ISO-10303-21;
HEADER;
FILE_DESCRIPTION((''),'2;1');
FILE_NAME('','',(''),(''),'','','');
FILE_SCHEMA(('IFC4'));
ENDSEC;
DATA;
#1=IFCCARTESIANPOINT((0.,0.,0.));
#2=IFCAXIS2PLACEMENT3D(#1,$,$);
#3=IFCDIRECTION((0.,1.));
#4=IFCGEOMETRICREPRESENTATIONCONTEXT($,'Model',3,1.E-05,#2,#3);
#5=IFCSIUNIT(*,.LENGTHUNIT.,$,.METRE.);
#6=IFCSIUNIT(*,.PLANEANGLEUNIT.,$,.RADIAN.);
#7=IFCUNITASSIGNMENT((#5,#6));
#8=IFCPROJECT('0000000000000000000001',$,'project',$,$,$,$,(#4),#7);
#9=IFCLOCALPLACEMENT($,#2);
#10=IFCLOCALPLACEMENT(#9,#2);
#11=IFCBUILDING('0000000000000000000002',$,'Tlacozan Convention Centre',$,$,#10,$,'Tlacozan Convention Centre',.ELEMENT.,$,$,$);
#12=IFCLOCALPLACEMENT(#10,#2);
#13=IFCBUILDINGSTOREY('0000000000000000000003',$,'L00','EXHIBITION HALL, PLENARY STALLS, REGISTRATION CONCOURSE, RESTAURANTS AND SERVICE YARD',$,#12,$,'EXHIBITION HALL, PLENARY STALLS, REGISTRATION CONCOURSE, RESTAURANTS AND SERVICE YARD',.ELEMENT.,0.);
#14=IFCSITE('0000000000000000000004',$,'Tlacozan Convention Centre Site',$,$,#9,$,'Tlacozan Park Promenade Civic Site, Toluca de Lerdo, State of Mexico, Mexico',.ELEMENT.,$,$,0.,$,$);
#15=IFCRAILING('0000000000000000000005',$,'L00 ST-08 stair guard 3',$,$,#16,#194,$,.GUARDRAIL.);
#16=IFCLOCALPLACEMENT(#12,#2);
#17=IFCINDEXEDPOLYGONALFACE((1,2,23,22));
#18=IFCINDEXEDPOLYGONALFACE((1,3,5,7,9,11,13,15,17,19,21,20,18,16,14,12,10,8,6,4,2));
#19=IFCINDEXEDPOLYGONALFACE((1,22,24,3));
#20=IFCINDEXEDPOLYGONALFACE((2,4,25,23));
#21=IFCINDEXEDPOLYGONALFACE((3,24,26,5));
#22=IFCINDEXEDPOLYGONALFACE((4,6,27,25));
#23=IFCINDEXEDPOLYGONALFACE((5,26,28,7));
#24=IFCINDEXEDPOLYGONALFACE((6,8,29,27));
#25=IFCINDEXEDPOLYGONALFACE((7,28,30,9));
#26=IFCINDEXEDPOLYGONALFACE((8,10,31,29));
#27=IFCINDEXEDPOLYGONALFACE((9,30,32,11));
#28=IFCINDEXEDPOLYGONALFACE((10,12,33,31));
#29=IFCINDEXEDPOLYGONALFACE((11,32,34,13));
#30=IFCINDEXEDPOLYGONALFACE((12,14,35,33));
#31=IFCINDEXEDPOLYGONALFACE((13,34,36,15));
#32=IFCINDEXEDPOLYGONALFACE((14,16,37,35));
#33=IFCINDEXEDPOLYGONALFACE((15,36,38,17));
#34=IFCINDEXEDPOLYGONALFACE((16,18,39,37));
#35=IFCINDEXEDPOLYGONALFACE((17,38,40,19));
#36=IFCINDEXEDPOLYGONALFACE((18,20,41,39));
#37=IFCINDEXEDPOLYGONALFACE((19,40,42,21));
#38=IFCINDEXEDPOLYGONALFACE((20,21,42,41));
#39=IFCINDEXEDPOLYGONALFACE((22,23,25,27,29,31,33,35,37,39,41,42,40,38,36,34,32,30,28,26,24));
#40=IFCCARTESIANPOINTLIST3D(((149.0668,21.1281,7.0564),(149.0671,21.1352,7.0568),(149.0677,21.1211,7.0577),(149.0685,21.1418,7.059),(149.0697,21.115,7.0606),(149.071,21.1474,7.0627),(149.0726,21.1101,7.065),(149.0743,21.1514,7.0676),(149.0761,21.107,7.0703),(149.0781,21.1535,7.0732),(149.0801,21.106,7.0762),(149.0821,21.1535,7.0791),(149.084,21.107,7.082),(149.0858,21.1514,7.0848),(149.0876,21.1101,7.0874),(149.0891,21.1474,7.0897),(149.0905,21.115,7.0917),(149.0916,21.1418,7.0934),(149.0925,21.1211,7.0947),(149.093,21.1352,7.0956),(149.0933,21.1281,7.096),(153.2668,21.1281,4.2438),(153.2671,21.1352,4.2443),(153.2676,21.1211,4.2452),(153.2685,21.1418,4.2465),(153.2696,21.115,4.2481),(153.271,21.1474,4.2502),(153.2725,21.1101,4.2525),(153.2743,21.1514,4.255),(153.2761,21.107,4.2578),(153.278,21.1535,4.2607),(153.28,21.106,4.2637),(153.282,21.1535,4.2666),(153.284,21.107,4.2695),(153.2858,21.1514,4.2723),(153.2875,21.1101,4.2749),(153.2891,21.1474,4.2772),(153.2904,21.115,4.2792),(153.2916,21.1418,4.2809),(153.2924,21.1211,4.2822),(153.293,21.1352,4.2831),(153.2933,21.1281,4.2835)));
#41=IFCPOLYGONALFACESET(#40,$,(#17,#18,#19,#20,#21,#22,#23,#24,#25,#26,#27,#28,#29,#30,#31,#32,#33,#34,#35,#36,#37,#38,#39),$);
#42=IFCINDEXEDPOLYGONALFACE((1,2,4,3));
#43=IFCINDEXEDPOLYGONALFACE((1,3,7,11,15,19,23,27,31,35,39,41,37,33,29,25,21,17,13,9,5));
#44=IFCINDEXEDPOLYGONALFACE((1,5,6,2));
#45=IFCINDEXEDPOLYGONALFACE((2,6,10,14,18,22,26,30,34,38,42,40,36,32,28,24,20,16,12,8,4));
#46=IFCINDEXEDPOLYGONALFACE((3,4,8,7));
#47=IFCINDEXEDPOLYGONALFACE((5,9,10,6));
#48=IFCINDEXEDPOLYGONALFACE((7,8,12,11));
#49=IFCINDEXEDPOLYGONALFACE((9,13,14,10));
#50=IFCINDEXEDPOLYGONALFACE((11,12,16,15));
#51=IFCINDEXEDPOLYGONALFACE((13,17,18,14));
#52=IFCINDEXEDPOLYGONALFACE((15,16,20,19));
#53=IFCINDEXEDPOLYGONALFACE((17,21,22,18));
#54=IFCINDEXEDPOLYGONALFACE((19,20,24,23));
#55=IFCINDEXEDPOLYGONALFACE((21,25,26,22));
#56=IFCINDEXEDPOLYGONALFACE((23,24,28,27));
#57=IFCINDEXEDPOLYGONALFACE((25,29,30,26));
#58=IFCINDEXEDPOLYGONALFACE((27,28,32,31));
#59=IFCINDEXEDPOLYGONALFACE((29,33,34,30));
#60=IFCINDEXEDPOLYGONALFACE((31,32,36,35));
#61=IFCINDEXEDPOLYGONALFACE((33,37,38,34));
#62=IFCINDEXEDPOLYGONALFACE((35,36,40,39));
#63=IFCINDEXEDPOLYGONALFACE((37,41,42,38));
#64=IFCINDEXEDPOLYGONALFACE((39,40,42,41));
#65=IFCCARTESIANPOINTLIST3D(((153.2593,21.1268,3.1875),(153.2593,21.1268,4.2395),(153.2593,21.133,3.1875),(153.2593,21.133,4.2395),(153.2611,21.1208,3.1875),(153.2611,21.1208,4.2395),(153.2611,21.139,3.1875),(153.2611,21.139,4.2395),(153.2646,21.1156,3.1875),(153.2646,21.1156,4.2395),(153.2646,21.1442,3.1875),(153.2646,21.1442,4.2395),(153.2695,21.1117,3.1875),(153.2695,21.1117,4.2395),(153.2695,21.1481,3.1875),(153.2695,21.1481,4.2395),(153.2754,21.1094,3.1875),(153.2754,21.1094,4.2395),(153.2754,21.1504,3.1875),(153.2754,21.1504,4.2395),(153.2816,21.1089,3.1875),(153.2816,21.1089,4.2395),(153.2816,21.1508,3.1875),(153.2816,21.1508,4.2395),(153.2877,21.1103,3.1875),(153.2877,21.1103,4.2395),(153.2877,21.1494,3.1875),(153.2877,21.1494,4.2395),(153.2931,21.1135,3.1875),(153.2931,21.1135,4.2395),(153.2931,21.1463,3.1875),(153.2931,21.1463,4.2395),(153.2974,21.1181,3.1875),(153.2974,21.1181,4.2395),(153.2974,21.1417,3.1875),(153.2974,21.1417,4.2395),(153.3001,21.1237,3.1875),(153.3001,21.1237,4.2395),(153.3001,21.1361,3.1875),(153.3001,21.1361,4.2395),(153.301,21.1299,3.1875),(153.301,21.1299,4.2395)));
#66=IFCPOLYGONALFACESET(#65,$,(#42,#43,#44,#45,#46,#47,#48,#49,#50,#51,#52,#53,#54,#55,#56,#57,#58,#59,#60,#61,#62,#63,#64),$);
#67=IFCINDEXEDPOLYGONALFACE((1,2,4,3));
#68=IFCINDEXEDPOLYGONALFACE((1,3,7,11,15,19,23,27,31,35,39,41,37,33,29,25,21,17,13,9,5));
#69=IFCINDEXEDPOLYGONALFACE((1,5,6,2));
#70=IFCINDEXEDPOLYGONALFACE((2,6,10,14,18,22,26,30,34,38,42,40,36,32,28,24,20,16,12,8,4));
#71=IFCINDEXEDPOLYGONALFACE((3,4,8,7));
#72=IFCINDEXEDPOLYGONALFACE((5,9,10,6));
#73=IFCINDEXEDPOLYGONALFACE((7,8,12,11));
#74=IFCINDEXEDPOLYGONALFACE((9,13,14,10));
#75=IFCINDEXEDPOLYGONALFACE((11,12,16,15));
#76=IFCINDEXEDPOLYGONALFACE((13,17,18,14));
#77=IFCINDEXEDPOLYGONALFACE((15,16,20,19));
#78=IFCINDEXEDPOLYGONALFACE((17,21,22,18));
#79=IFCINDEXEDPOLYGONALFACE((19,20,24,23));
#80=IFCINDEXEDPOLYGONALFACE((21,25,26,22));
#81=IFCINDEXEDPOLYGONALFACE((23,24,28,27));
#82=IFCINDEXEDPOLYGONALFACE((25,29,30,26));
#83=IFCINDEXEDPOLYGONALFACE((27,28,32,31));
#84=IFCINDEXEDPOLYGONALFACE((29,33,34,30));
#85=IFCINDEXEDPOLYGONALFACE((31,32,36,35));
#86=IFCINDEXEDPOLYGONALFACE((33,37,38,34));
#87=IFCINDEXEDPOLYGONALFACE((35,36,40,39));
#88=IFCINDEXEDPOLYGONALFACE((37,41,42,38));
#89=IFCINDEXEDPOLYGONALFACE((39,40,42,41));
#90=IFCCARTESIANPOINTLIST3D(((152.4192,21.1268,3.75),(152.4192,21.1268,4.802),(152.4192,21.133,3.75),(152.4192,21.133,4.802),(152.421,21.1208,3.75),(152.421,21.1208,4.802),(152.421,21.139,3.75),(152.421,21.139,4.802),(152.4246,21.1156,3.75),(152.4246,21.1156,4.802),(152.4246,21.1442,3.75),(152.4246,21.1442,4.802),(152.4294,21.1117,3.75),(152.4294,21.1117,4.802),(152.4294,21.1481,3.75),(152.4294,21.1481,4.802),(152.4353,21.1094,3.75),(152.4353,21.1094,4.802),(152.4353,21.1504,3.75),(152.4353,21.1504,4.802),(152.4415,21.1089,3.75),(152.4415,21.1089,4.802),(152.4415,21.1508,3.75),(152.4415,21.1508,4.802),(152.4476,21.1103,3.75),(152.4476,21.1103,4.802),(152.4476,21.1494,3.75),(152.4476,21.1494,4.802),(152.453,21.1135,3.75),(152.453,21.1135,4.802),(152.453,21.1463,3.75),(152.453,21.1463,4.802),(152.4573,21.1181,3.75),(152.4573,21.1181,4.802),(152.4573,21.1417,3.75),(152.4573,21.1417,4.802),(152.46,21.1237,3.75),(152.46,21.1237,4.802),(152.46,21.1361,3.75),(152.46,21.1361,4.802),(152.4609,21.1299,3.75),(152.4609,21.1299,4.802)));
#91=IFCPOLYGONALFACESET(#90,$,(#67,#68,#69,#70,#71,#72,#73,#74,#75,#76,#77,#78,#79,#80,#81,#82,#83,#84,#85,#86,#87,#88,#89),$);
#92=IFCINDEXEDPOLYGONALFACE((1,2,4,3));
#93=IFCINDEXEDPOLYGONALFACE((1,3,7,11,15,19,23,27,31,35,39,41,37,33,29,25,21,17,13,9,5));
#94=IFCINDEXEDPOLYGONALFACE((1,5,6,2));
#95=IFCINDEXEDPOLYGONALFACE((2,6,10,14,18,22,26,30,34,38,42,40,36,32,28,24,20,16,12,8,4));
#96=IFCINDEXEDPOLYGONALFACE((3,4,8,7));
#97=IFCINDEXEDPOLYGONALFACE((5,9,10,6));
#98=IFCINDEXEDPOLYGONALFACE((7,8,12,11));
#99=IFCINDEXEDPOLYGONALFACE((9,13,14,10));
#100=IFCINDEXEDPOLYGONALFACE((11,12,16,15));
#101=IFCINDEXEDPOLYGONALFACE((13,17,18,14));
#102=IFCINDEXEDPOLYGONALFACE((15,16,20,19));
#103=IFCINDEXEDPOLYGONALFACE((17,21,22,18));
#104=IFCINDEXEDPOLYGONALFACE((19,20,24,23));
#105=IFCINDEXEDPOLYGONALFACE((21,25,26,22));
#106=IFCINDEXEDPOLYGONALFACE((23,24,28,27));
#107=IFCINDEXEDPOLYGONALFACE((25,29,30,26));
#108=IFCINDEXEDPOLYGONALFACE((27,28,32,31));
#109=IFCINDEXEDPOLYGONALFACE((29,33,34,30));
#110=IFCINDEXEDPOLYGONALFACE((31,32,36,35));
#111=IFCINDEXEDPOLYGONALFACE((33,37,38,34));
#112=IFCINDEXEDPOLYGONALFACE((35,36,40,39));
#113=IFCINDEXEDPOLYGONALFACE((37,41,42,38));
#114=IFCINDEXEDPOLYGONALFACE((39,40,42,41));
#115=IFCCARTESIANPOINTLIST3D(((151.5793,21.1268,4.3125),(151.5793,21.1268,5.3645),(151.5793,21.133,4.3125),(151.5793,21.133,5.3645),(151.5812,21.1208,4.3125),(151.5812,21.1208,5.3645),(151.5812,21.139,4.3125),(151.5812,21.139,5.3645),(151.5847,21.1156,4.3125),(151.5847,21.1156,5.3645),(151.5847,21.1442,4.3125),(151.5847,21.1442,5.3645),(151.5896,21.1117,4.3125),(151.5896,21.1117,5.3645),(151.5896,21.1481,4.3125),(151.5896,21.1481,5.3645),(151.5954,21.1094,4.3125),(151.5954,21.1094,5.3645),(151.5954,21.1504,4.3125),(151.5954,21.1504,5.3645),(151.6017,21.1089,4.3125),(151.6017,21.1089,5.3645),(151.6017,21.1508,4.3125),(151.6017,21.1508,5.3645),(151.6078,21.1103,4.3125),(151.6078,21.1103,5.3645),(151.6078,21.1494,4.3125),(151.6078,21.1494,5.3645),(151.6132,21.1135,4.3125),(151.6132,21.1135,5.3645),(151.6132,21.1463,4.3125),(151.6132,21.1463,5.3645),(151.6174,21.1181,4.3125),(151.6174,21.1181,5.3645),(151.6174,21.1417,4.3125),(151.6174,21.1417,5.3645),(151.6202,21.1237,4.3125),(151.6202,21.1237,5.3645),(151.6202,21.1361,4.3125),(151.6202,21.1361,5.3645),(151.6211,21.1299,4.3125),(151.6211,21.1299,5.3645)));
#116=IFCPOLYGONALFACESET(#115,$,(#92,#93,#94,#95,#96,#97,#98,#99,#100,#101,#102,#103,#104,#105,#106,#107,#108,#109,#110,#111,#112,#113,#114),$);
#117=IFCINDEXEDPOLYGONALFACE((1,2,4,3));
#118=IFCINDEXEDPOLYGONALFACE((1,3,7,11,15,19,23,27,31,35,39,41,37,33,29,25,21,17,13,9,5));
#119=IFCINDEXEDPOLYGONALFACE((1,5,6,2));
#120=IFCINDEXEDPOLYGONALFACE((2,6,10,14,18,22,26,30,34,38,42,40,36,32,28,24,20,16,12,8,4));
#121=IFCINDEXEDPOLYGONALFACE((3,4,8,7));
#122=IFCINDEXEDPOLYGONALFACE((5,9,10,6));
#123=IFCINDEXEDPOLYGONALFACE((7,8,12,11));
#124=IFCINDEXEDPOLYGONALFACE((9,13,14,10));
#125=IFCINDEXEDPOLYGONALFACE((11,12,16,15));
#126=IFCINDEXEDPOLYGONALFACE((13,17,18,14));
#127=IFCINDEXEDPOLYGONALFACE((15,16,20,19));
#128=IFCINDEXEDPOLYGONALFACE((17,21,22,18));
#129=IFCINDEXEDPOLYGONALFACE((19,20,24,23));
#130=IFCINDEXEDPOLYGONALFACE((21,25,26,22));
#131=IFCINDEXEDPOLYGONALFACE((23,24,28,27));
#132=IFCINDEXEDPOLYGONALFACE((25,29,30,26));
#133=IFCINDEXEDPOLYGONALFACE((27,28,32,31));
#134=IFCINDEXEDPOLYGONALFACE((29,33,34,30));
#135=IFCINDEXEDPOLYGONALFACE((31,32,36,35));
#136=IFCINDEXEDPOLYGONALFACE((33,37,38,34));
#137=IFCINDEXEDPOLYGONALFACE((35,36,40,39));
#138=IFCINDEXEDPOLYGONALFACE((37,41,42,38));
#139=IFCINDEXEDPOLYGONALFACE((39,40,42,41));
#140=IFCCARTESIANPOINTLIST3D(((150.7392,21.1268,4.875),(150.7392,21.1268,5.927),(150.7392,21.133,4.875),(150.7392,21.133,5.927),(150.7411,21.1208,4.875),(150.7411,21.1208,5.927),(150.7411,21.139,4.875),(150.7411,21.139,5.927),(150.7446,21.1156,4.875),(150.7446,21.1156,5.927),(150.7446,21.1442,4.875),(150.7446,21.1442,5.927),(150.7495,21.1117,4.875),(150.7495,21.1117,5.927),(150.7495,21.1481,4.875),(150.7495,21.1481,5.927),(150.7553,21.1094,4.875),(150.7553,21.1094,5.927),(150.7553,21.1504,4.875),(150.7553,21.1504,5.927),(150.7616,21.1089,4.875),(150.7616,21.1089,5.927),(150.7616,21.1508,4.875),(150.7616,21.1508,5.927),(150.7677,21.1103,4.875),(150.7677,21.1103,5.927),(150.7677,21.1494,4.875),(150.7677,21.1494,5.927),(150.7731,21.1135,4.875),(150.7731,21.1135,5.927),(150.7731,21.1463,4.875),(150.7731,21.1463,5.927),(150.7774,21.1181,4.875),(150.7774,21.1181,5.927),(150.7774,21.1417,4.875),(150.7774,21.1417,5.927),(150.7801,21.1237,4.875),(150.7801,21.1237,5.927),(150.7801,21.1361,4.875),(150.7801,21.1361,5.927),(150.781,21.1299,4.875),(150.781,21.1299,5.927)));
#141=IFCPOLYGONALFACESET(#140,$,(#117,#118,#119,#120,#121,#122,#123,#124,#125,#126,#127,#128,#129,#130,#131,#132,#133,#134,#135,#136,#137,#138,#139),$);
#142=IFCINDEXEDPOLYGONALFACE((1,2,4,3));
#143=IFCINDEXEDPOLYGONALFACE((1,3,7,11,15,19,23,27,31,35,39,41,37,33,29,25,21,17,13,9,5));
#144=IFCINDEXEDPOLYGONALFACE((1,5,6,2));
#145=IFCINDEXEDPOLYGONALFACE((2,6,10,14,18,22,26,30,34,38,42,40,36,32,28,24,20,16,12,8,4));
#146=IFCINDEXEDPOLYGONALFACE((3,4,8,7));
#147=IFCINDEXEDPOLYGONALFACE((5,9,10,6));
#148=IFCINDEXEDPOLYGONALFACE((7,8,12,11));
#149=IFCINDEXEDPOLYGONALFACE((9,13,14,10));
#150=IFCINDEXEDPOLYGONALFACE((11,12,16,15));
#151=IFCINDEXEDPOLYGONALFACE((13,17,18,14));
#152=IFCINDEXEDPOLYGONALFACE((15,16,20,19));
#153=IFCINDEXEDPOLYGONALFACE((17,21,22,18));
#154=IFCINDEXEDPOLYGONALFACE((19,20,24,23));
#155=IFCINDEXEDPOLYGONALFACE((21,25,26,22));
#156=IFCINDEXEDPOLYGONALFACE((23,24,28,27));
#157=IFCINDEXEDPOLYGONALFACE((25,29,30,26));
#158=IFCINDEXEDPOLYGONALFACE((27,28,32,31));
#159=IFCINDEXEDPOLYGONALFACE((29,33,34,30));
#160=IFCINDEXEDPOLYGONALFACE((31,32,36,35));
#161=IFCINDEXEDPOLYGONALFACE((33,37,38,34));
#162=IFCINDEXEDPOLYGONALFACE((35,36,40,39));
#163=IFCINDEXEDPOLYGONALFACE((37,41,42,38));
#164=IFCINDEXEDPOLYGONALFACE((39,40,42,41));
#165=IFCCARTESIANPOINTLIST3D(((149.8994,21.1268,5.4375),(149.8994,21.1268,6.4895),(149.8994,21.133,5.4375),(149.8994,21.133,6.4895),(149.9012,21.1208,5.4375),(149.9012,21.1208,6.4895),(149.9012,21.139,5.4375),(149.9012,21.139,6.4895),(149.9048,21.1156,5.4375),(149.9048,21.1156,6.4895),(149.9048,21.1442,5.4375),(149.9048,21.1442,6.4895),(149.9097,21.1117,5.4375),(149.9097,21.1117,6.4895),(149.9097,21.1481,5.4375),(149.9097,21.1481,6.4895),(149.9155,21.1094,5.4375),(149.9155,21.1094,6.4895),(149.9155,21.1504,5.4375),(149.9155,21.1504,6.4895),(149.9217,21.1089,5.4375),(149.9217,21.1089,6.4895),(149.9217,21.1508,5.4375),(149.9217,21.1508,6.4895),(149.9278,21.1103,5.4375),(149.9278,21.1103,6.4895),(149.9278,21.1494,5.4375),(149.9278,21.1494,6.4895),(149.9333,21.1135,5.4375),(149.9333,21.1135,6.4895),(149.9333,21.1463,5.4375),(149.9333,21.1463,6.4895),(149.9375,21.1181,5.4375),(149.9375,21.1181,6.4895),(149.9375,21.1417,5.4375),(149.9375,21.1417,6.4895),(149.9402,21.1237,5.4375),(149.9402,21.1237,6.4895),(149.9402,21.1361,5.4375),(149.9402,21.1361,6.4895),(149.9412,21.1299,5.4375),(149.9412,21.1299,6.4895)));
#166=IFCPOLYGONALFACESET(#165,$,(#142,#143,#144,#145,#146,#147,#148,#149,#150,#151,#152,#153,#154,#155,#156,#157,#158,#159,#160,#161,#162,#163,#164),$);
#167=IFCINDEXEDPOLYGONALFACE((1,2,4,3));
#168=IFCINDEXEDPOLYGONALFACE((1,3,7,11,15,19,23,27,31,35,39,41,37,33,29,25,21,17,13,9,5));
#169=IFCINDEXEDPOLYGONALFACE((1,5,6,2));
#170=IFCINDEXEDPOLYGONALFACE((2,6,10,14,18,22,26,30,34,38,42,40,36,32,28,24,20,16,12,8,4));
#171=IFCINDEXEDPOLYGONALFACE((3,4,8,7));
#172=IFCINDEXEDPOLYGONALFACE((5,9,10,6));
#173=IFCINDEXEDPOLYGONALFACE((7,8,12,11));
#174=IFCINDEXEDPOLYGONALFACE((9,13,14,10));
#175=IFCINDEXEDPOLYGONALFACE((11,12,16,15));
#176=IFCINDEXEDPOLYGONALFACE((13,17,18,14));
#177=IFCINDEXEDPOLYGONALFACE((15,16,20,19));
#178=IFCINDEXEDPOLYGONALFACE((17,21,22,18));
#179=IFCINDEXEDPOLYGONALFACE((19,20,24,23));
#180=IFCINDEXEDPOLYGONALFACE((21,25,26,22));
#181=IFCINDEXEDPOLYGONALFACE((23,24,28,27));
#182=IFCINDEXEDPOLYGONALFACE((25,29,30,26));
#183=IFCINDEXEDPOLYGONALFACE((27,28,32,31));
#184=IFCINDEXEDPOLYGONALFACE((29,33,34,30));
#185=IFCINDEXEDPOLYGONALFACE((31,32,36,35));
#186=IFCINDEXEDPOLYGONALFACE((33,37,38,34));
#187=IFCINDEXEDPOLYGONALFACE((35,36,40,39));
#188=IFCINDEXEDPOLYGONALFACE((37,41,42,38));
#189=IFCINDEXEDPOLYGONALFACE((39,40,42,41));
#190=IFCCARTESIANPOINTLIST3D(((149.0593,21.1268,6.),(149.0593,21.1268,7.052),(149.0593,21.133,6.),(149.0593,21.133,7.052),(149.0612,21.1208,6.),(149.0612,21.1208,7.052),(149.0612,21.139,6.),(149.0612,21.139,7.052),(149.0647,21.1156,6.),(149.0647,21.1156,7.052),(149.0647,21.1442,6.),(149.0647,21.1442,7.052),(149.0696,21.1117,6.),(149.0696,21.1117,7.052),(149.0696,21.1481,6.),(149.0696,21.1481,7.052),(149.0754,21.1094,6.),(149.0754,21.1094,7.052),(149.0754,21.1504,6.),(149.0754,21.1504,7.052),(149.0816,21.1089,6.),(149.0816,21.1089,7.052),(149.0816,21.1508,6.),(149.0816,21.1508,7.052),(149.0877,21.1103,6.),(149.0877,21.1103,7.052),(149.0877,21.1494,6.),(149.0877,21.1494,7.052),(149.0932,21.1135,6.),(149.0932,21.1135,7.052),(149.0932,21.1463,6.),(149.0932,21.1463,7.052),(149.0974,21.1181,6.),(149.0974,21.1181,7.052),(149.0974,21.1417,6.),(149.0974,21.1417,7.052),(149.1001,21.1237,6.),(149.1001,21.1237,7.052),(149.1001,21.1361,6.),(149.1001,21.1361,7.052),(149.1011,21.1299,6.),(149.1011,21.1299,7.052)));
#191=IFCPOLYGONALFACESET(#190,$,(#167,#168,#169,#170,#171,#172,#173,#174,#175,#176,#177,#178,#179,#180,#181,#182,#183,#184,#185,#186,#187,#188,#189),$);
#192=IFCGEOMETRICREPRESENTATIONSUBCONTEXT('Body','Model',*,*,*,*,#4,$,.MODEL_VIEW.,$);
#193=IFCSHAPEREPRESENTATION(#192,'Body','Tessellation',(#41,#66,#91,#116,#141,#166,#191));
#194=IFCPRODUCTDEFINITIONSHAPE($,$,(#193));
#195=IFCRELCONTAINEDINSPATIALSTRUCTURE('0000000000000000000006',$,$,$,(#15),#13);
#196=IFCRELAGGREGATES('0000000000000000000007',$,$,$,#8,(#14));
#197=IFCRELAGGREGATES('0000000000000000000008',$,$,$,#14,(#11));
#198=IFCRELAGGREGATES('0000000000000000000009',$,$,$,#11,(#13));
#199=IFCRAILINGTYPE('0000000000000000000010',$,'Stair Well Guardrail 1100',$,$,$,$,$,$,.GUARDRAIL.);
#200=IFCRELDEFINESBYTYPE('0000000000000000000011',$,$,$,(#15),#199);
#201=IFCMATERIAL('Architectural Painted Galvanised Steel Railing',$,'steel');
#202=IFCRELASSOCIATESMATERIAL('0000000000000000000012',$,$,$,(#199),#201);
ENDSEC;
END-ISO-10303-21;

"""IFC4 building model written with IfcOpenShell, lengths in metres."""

from ifc_helpers import new_model, si_unit, direction, frame, origin, origin_2d, place, context, subcontext, project, spatial, circle, extrude, material, type_object, element, save


model = new_model("IFC4")

# Units and contexts
model_context = context("Model", 3, precision=1e-05, world=origin(), true_north=direction((0.0, 1.0)))
body_context = subcontext(model_context, "Body", "Model", "MODEL_VIEW")
ifc_project = project(units=[si_unit("LENGTHUNIT", "METRE"), si_unit("PLANEANGLEUNIT", "RADIAN")], contexts=[model_context])

# Site, building, storey
site_placement = place(None, origin())
site = spatial("IfcSite", under=ifc_project, at=site_placement, Name="Tlacozan Convention Centre Site", LongName="Tlacozan Park Promenade Civic Site, Toluca de Lerdo, State of Mexico, Mexico", CompositionType="ELEMENT", RefElevation=0.0)
building_placement = place(site_placement, origin())
building = spatial("IfcBuilding", under=site, at=building_placement, Name="Tlacozan Convention Centre", LongName="Tlacozan Convention Centre", CompositionType="ELEMENT")
storey_placement = place(building_placement, origin())
storey = spatial("IfcBuildingStorey", under=building, at=storey_placement, Name="L00", Description="EXHIBITION HALL, PLENARY STALLS, REGISTRATION CONCOURSE, RESTAURANTS AND SERVICE YARD", LongName="EXHIBITION HALL, PLENARY STALLS, REGISTRATION CONCOURSE, RESTAURANTS AND SERVICE YARD", CompositionType="ELEMENT", Elevation=0.0)

# Railing
ifc_material_1 = material(Name="Architectural Painted Galvanised Steel Railing", Category="steel")
railing_type_1 = type_object("IfcRailingType", Name="Stair Well Guardrail 1100", PredefinedType="GUARDRAIL", material=ifc_material_1)
railing_1_placement = place(storey_placement, frame((153.28, 21.1299, 3.1875)))
element("IfcRailing", 1, at=railing_1_placement, inside=storey, type_object=railing_type_1, Name="L00 ST-08 stair guard 3", PredefinedType="GUARDRAIL", context=body_context, shape_type="SweptSolid", body=[
    extrude(circle(Radius=0.0239, at=origin_2d()), frame((0.0, 0.0, 1.0762), z_axis=(-0.830904, 0.0, 0.556416), x_axis=(0.0, -1.0, 0.0)), (0.0, 0.0, 1.0), 5.0547),
    extrude(circle(Radius=0.021, at=origin_2d()), origin(), (0.0, 0.0, 1.0), 1.052),
    extrude(circle(Radius=0.021, at=origin_2d()), frame((-0.8401, 0.0, 0.5625)), (0.0, 0.0, 1.0), 1.052),
    extrude(circle(Radius=0.021, at=origin_2d()), frame((-1.6799, 0.0, 1.125)), (0.0, 0.0, 1.0), 1.052),
    extrude(circle(Radius=0.021, at=origin_2d()), frame((-2.52, 0.0, 1.6875)), (0.0, 0.0, 1.0), 1.052),
    extrude(circle(Radius=0.021, at=origin_2d()), frame((-3.3599, 0.0, 2.25)), (0.0, 0.0, 1.0), 1.052),
    extrude(circle(Radius=0.021, at=origin_2d()), frame((-4.2, 0.0, 2.8125)), (0.0, 0.0, 1.0), 1.052),
])

save(model, "model.ifc")
